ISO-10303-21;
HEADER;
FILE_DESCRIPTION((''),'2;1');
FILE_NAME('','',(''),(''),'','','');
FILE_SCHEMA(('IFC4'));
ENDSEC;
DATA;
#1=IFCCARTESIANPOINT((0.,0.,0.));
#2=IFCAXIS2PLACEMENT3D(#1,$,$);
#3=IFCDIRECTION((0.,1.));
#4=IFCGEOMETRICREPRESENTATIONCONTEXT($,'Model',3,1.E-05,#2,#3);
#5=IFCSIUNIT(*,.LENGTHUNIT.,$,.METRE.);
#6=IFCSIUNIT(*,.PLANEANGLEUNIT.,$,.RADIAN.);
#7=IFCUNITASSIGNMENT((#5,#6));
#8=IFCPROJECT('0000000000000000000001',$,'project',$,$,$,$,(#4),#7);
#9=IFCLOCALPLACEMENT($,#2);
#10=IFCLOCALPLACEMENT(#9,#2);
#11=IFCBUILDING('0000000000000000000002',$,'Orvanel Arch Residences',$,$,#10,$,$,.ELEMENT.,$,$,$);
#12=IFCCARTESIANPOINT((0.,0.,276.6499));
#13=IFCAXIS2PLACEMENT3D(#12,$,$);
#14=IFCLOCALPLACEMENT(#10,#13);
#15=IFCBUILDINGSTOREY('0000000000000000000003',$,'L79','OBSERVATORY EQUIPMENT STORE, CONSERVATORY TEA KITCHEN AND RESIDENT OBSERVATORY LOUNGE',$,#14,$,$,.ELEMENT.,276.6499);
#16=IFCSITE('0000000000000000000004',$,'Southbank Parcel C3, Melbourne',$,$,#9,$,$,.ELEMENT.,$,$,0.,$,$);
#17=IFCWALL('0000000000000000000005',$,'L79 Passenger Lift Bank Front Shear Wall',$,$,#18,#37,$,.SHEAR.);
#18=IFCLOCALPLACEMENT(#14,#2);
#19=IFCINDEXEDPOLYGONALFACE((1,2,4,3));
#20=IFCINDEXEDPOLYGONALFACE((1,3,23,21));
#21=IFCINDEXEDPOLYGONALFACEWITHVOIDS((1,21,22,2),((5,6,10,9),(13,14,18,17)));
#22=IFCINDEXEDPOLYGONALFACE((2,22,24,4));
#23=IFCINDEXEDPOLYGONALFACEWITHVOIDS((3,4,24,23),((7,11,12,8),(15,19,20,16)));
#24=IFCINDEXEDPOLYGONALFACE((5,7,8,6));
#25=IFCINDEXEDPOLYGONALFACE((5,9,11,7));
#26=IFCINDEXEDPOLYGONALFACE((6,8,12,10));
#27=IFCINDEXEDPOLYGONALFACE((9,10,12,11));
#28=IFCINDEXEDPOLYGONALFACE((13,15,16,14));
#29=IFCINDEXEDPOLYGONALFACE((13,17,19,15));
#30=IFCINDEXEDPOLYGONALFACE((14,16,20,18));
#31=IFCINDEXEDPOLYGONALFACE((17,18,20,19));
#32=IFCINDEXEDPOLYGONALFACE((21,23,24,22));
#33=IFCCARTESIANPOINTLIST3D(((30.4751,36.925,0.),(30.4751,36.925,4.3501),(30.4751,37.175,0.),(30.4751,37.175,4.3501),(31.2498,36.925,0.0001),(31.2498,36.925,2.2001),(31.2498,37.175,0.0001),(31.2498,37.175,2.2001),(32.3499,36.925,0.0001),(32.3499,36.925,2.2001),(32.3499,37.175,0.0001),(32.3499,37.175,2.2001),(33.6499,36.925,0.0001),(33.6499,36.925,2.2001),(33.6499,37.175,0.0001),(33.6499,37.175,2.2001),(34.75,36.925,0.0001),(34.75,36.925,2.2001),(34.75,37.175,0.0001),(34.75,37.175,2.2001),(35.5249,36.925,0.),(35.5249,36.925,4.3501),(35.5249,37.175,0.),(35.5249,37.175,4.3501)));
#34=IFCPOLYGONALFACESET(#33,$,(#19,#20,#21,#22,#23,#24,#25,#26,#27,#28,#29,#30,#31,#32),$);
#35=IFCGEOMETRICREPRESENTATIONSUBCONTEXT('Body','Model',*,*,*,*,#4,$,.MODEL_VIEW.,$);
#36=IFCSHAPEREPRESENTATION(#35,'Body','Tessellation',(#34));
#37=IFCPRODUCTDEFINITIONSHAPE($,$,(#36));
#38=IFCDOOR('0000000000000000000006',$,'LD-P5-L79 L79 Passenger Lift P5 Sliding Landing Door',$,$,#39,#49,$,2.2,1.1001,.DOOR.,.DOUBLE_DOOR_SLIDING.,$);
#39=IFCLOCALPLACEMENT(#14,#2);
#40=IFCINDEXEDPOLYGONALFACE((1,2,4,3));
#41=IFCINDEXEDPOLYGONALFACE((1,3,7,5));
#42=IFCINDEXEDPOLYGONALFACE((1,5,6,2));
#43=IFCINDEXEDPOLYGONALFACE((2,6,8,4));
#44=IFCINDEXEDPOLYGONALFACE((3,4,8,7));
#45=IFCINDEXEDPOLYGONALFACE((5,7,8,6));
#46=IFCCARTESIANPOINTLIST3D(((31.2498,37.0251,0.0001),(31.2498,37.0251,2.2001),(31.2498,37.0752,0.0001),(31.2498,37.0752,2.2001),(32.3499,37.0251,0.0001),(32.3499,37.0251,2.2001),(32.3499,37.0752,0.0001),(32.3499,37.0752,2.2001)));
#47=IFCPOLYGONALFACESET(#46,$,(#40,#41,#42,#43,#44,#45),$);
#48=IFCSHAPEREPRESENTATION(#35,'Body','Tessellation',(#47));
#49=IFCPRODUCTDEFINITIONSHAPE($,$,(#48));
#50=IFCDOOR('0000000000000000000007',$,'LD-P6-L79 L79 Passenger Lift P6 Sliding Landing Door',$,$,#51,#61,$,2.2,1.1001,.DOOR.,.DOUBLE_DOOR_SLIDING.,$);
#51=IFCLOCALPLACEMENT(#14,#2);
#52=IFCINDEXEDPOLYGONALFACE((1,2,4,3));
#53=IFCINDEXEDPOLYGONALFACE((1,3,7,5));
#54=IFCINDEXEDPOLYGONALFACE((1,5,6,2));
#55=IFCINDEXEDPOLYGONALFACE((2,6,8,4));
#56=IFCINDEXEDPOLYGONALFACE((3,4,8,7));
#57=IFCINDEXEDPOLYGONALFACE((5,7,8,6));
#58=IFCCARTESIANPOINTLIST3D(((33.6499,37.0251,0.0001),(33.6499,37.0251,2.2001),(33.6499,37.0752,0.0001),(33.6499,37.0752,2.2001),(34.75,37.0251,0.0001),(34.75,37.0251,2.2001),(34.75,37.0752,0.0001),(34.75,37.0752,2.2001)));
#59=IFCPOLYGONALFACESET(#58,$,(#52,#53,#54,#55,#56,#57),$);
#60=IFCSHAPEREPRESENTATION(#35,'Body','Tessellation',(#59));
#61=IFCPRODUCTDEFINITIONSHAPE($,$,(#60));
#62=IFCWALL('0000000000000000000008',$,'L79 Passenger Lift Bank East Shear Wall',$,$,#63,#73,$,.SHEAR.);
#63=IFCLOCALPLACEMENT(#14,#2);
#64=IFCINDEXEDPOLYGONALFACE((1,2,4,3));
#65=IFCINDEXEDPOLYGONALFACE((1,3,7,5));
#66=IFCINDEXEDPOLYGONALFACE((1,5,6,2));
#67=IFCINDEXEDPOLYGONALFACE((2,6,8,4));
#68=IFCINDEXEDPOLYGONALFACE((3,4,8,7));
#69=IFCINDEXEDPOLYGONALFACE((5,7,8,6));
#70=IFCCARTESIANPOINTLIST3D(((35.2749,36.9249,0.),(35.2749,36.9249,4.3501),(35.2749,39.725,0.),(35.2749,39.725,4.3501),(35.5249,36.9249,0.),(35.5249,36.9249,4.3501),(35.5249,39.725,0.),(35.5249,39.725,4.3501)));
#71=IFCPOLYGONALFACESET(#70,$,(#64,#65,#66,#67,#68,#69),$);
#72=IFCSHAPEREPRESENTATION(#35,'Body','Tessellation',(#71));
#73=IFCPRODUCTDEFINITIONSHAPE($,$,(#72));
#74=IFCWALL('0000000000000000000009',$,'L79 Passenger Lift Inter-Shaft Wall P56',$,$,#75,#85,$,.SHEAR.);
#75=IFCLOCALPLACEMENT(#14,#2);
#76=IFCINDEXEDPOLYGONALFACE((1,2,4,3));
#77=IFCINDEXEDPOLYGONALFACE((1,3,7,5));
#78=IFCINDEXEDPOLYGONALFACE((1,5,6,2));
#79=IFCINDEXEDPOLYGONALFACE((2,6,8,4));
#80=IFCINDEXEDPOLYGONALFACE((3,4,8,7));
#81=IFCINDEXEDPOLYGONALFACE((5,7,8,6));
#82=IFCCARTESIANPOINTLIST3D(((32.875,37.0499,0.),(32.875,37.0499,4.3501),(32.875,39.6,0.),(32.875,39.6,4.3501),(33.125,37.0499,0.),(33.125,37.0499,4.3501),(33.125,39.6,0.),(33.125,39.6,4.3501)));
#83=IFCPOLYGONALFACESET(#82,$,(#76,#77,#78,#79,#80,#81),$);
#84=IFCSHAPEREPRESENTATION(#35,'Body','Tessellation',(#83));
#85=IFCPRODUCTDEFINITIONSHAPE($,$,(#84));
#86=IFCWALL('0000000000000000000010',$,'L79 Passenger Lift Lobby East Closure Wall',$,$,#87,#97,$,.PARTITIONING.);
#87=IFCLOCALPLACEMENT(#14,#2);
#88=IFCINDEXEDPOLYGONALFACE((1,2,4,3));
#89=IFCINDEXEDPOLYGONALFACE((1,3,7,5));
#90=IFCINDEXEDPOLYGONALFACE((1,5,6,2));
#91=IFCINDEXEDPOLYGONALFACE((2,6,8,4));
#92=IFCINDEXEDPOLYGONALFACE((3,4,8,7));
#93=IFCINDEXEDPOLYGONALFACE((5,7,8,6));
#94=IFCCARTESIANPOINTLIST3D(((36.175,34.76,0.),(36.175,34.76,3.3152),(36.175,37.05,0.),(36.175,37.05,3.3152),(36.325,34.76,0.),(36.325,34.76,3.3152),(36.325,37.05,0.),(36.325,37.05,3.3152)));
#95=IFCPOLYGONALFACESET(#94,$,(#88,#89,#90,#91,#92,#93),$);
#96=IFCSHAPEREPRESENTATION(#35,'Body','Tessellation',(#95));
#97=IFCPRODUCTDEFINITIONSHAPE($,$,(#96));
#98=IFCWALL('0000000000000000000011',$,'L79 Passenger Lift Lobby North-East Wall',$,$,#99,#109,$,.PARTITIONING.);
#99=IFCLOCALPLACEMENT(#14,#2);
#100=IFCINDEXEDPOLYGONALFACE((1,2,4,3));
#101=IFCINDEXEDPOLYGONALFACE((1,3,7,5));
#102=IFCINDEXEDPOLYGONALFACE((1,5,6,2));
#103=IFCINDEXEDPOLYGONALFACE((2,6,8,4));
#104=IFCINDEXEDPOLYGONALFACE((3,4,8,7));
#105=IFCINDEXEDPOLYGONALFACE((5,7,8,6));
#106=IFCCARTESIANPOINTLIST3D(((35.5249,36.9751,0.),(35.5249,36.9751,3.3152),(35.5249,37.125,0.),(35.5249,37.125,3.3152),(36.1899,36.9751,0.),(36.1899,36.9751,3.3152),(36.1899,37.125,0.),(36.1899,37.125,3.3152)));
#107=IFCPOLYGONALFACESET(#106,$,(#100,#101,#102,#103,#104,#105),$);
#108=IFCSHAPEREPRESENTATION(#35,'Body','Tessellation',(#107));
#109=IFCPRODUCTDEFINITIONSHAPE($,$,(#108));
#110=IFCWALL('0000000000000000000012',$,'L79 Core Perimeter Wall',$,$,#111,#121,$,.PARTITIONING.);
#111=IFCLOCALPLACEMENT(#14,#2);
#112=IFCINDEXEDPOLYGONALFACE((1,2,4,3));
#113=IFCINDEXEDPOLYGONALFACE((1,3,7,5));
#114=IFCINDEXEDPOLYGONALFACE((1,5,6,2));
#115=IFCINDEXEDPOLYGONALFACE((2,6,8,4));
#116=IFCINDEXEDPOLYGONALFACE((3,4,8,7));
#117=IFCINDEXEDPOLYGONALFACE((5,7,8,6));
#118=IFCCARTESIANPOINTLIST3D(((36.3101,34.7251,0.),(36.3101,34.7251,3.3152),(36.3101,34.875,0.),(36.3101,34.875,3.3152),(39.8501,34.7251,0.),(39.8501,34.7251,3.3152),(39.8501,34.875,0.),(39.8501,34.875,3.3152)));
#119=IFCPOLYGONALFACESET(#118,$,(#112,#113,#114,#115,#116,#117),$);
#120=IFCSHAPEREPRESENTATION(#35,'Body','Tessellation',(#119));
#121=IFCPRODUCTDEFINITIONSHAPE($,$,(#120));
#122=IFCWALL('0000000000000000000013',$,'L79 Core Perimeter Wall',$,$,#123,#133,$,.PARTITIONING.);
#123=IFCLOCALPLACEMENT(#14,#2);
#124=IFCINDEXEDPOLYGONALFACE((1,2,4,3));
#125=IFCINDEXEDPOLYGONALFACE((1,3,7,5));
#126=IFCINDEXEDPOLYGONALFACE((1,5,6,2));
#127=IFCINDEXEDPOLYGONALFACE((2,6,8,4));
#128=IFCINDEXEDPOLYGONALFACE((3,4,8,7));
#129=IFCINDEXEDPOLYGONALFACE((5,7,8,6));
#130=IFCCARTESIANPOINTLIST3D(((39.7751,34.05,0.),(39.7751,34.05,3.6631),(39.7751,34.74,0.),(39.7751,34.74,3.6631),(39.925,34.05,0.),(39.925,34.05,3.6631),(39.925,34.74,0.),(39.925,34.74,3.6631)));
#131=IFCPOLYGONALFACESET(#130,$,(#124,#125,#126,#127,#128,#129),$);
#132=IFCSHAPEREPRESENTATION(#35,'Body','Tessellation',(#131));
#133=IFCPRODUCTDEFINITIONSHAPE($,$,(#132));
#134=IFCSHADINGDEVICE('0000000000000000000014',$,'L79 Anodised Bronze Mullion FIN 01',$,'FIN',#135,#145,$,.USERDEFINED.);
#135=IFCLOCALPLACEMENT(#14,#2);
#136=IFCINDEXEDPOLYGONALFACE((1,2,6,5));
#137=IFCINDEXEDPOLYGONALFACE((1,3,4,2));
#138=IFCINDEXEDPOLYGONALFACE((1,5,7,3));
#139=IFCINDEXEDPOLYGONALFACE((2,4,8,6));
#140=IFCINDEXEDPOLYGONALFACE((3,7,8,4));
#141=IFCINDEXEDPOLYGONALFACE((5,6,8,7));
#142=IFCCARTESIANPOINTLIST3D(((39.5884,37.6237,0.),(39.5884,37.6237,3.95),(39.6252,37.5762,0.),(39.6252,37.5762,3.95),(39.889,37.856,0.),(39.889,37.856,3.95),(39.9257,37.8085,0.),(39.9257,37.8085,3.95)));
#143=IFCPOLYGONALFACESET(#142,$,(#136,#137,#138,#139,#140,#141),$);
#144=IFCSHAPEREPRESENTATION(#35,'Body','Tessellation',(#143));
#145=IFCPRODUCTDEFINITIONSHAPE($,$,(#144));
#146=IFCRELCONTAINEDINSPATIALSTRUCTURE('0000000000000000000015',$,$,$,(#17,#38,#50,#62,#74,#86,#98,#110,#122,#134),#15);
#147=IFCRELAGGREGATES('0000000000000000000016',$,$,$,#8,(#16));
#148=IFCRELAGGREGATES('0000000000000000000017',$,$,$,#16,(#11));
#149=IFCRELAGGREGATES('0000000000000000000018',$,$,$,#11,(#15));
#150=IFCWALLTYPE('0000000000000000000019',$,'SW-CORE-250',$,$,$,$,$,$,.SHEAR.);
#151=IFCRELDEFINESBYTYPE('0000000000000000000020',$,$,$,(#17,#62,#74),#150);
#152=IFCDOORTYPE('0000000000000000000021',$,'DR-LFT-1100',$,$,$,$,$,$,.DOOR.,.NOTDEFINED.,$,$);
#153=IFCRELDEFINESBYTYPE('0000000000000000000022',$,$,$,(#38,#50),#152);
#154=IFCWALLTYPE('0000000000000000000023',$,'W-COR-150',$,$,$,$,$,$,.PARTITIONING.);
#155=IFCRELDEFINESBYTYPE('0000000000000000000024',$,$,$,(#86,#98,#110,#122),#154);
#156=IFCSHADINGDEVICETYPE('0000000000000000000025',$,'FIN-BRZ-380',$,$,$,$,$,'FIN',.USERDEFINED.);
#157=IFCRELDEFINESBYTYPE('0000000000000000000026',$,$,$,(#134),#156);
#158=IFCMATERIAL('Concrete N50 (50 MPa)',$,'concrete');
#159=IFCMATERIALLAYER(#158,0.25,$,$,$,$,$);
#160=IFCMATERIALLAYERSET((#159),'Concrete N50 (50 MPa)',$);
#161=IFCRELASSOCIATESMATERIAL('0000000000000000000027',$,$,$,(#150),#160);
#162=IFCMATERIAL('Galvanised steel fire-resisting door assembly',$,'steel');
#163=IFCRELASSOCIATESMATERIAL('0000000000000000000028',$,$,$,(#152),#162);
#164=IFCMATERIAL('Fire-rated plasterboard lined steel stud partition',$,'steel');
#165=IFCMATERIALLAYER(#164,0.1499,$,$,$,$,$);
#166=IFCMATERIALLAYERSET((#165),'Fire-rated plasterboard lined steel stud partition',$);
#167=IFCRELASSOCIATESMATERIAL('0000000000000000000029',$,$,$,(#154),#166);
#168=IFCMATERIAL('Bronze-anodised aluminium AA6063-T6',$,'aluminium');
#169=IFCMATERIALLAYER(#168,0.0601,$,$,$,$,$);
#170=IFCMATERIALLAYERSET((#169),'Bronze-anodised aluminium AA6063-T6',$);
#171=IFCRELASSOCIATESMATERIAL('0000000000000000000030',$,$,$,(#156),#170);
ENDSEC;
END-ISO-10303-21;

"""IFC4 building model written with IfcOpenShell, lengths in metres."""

from ifc_helpers import new_model, si_unit, direction, frame, frame_2d, origin, origin_2d, place, context, subcontext, project, spatial, rectangle, extrude, material, layer, layer_set, type_object, element, fill, save


model = new_model("IFC4")

# Units and contexts
model_context = context("Model", 3, precision=1e-05, world=origin(), true_north=direction((0.0, 1.0)))
body_context = subcontext(model_context, "Body", "Model", "MODEL_VIEW")
ifc_project = project(units=[si_unit("LENGTHUNIT", "METRE"), si_unit("PLANEANGLEUNIT", "RADIAN")], contexts=[model_context])

# Site, building, storey
site_placement = place(None, origin())
site = spatial("IfcSite", under=ifc_project, at=site_placement, Name="Southbank Parcel C3, Melbourne", CompositionType="ELEMENT", RefElevation=0.0)
building_placement = place(site_placement, origin())
building = spatial("IfcBuilding", under=site, at=building_placement, Name="Orvanel Arch Residences", CompositionType="ELEMENT")
storey_placement = place(building_placement, frame((0.0, 0.0, 276.6499)))
storey = spatial("IfcBuildingStorey", under=building, at=storey_placement, Name="L79", Description="OBSERVATORY EQUIPMENT STORE, CONSERVATORY TEA KITCHEN AND RESIDENT OBSERVATORY LOUNGE", CompositionType="ELEMENT", Elevation=276.6499)

# Shared definitions
ifc_material_1 = material(Name="Bronze-anodised aluminium AA6063-T6", Category="aluminium")

# Wall, openings, doors
ifc_material_2 = material(Name="Concrete N50 (50 MPa)", Category="concrete")
ifc_layer_1 = layer(ifc_material_2, 0.25)
ifc_layer_set_1 = layer_set([ifc_layer_1], Name="Concrete N50 (50 MPa)")
wall_type_1 = type_object("IfcWallType", Name="SW-CORE-250", PredefinedType="SHEAR", material=ifc_layer_set_1)
wall_1_placement = place(storey_placement, frame((35.5249, 37.05, 0.0), z_axis=(0.0, 0.0, 1.0), x_axis=(-1.0, 0.0, 0.0)))
wall_1 = element("IfcWall", 1, at=wall_1_placement, inside=storey, type_object=wall_type_1, Name="L79 Passenger Lift Bank Front Shear Wall", PredefinedType="SHEAR", context=body_context, shape_type="SweptSolid", body=[
    extrude(rectangle(XDim=5.0498, YDim=0.25, at=frame_2d((2.5249, 0.0))), origin(), (0.0, 0.0, 1.0), 4.3501),
])
opening_1_placement = place(wall_1_placement, frame((3.175, 0.0, 0.0)))
opening_1 = element("IfcOpeningElement", 2, at=opening_1_placement, cuts=wall_1, PredefinedType="OPENING", context=body_context, shape_type="SweptSolid", body=[
    extrude(rectangle(XDim=1.1001, YDim=2.2, at=frame_2d((0.55, 1.1001))), frame((0.0, 0.135, 0.0), z_axis=(0.0, -1.0, 0.0), x_axis=(1.0, 0.0, 0.0)), (0.0, 0.0, 1.0), 0.27),
])
opening_2_placement = place(wall_1_placement, frame((0.7749, 0.0, 0.0)))
opening_2 = element("IfcOpeningElement", 3, at=opening_2_placement, cuts=wall_1, PredefinedType="OPENING", context=body_context, shape_type="SweptSolid", body=[
    extrude(rectangle(XDim=1.1001, YDim=2.2, at=frame_2d((0.55, 1.1001))), frame((0.0, 0.135, 0.0), z_axis=(0.0, -1.0, 0.0), x_axis=(1.0, 0.0, 0.0)), (0.0, 0.0, 1.0), 0.27),
])
ifc_material_3 = material(Name="Galvanised steel fire-resisting door assembly", Category="steel")
door_type = type_object("IfcDoorType", Name="DR-LFT-1100", OperationType="NOTDEFINED", PredefinedType="DOOR", material=ifc_material_3)
door_1_placement = place(opening_1_placement, origin())
door_1 = element("IfcDoor", 4, at=door_1_placement, inside=storey, type_object=door_type, Name="LD-P5-L79 L79 Passenger Lift P5 Sliding Landing Door", OperationType="DOUBLE_DOOR_SLIDING", OverallHeight=2.2, OverallWidth=1.1001, PredefinedType="DOOR", context=body_context, shape_type="SweptSolid", body=[
    extrude(rectangle(XDim=1.1001, YDim=2.2, at=frame_2d((0.55, 1.1001))), frame((0.0, 0.0249, 0.0), z_axis=(0.0, -1.0, 0.0), x_axis=(1.0, 0.0, 0.0)), (0.0, 0.0, 1.0), 0.05),
])
fill(opening_1, door_1)
door_2_placement = place(opening_2_placement, origin())
door_2 = element("IfcDoor", 5, at=door_2_placement, inside=storey, type_object=door_type, Name="LD-P6-L79 L79 Passenger Lift P6 Sliding Landing Door", OperationType="DOUBLE_DOOR_SLIDING", OverallHeight=2.2, OverallWidth=1.1001, PredefinedType="DOOR", context=body_context, shape_type="SweptSolid", body=[
    extrude(rectangle(XDim=1.1001, YDim=2.2, at=frame_2d((0.55, 1.1001))), frame((0.0, 0.0249, 0.0), z_axis=(0.0, -1.0, 0.0), x_axis=(1.0, 0.0, 0.0)), (0.0, 0.0, 1.0), 0.05),
])
fill(opening_2, door_2)

# Walls
wall_2_placement = place(storey_placement, frame((35.3999, 36.925, 0.0), z_axis=(0.0, 0.0, 1.0), x_axis=(0.0, 1.0, 0.0)))
element("IfcWall", 6, at=wall_2_placement, inside=storey, type_object=wall_type_1, Name="L79 Passenger Lift Bank East Shear Wall", PredefinedType="SHEAR", context=body_context, shape_type="SweptSolid", body=[
    extrude(rectangle(XDim=2.8, YDim=0.25, at=frame_2d((1.3999, 0.0))), origin(), (0.0, 0.0, 1.0), 4.3501),
])
wall_3_placement = place(storey_placement, frame((33.0, 37.05, 0.0), z_axis=(0.0, 0.0, 1.0), x_axis=(0.0, 1.0, 0.0)))
element("IfcWall", 7, at=wall_3_placement, inside=storey, type_object=wall_type_1, Name="L79 Passenger Lift Inter-Shaft Wall P56", PredefinedType="SHEAR", context=body_context, shape_type="SweptSolid", body=[
    extrude(rectangle(XDim=2.55, YDim=0.25, at=frame_2d((1.2749, 0.0))), origin(), (0.0, 0.0, 1.0), 4.3501),
])
ifc_material_4 = material(Name="Fire-rated plasterboard lined steel stud partition", Category="steel")
ifc_layer_2 = layer(ifc_material_4, 0.1499)
ifc_layer_set_2 = layer_set([ifc_layer_2], Name="Fire-rated plasterboard lined steel stud partition")
wall_type_2 = type_object("IfcWallType", Name="W-COR-150", PredefinedType="PARTITIONING", material=ifc_layer_set_2)
wall_4_placement = place(storey_placement, frame((36.25, 34.76, 0.0), z_axis=(0.0, 0.0, 1.0), x_axis=(0.0, 1.0, 0.0)))
element("IfcWall", 8, at=wall_4_placement, inside=storey, type_object=wall_type_2, Name="L79 Passenger Lift Lobby East Closure Wall", PredefinedType="PARTITIONING", context=body_context, shape_type="SweptSolid", body=[
    extrude(rectangle(XDim=2.29, YDim=0.1499, at=frame_2d((1.145, 0.0))), origin(), (0.0, 0.0, 1.0), 3.3152),
])
wall_5_placement = place(storey_placement, frame((35.5249, 37.05, 0.0), z_axis=(0.0, 0.0, 1.0), x_axis=(1.0, 0.0, 0.0)))
element("IfcWall", 9, at=wall_5_placement, inside=storey, type_object=wall_type_2, Name="L79 Passenger Lift Lobby North-East Wall", PredefinedType="PARTITIONING", context=body_context, shape_type="SweptSolid", body=[
    extrude(rectangle(XDim=0.665, YDim=0.1499, at=frame_2d((0.3325, 0.0))), origin(), (0.0, 0.0, 1.0), 3.3152),
])
wall_6_placement = place(storey_placement, frame((36.3101, 34.8, 0.0), z_axis=(0.0, 0.0, 1.0), x_axis=(1.0, 0.0, 0.0)))
element("IfcWall", 10, at=wall_6_placement, inside=storey, type_object=wall_type_2, Name="L79 Core Perimeter Wall", PredefinedType="PARTITIONING", context=body_context, shape_type="SweptSolid", body=[
    extrude(rectangle(XDim=3.54, YDim=0.1499, at=frame_2d((1.77, 0.0))), origin(), (0.0, 0.0, 1.0), 3.3152),
])
wall_7_placement = place(storey_placement, frame((39.8501, 34.74, 0.0), z_axis=(0.0, 0.0, 1.0), x_axis=(0.0, -1.0, 0.0)))
element("IfcWall", 11, at=wall_7_placement, inside=storey, type_object=wall_type_2, Name="L79 Core Perimeter Wall", PredefinedType="PARTITIONING", context=body_context, shape_type="SweptSolid", body=[
    extrude(rectangle(XDim=0.6899, YDim=0.1499, at=frame_2d((0.345, 0.0))), origin(), (0.0, 0.0, 1.0), 3.6631),
])

# Shading device
ifc_layer_3 = layer(ifc_material_1, 0.0601)
ifc_layer_set_3 = layer_set([ifc_layer_3], Name="Bronze-anodised aluminium AA6063-T6")
shading_device_type = type_object("IfcShadingDeviceType", Name="FIN-BRZ-380", ElementType="FIN", PredefinedType="USERDEFINED", material=ifc_layer_set_3)
shading_device_placement = place(storey_placement, frame((39.7571, 37.7161, 0.0), z_axis=(0.0, 0.0, 1.0), x_axis=(0.791224, 0.611527, 0.0)))
element("IfcShadingDevice", 12, at=shading_device_placement, inside=storey, type_object=shading_device_type, Name="L79 Anodised Bronze Mullion FIN 01", ObjectType="FIN", PredefinedType="USERDEFINED", context=body_context, shape_type="SweptSolid", body=[
    extrude(rectangle(XDim=0.3799, YDim=0.0601, at=origin_2d()), origin(), (0.0, 0.0, 1.0), 3.95),
])

save(model, "model.ifc")
